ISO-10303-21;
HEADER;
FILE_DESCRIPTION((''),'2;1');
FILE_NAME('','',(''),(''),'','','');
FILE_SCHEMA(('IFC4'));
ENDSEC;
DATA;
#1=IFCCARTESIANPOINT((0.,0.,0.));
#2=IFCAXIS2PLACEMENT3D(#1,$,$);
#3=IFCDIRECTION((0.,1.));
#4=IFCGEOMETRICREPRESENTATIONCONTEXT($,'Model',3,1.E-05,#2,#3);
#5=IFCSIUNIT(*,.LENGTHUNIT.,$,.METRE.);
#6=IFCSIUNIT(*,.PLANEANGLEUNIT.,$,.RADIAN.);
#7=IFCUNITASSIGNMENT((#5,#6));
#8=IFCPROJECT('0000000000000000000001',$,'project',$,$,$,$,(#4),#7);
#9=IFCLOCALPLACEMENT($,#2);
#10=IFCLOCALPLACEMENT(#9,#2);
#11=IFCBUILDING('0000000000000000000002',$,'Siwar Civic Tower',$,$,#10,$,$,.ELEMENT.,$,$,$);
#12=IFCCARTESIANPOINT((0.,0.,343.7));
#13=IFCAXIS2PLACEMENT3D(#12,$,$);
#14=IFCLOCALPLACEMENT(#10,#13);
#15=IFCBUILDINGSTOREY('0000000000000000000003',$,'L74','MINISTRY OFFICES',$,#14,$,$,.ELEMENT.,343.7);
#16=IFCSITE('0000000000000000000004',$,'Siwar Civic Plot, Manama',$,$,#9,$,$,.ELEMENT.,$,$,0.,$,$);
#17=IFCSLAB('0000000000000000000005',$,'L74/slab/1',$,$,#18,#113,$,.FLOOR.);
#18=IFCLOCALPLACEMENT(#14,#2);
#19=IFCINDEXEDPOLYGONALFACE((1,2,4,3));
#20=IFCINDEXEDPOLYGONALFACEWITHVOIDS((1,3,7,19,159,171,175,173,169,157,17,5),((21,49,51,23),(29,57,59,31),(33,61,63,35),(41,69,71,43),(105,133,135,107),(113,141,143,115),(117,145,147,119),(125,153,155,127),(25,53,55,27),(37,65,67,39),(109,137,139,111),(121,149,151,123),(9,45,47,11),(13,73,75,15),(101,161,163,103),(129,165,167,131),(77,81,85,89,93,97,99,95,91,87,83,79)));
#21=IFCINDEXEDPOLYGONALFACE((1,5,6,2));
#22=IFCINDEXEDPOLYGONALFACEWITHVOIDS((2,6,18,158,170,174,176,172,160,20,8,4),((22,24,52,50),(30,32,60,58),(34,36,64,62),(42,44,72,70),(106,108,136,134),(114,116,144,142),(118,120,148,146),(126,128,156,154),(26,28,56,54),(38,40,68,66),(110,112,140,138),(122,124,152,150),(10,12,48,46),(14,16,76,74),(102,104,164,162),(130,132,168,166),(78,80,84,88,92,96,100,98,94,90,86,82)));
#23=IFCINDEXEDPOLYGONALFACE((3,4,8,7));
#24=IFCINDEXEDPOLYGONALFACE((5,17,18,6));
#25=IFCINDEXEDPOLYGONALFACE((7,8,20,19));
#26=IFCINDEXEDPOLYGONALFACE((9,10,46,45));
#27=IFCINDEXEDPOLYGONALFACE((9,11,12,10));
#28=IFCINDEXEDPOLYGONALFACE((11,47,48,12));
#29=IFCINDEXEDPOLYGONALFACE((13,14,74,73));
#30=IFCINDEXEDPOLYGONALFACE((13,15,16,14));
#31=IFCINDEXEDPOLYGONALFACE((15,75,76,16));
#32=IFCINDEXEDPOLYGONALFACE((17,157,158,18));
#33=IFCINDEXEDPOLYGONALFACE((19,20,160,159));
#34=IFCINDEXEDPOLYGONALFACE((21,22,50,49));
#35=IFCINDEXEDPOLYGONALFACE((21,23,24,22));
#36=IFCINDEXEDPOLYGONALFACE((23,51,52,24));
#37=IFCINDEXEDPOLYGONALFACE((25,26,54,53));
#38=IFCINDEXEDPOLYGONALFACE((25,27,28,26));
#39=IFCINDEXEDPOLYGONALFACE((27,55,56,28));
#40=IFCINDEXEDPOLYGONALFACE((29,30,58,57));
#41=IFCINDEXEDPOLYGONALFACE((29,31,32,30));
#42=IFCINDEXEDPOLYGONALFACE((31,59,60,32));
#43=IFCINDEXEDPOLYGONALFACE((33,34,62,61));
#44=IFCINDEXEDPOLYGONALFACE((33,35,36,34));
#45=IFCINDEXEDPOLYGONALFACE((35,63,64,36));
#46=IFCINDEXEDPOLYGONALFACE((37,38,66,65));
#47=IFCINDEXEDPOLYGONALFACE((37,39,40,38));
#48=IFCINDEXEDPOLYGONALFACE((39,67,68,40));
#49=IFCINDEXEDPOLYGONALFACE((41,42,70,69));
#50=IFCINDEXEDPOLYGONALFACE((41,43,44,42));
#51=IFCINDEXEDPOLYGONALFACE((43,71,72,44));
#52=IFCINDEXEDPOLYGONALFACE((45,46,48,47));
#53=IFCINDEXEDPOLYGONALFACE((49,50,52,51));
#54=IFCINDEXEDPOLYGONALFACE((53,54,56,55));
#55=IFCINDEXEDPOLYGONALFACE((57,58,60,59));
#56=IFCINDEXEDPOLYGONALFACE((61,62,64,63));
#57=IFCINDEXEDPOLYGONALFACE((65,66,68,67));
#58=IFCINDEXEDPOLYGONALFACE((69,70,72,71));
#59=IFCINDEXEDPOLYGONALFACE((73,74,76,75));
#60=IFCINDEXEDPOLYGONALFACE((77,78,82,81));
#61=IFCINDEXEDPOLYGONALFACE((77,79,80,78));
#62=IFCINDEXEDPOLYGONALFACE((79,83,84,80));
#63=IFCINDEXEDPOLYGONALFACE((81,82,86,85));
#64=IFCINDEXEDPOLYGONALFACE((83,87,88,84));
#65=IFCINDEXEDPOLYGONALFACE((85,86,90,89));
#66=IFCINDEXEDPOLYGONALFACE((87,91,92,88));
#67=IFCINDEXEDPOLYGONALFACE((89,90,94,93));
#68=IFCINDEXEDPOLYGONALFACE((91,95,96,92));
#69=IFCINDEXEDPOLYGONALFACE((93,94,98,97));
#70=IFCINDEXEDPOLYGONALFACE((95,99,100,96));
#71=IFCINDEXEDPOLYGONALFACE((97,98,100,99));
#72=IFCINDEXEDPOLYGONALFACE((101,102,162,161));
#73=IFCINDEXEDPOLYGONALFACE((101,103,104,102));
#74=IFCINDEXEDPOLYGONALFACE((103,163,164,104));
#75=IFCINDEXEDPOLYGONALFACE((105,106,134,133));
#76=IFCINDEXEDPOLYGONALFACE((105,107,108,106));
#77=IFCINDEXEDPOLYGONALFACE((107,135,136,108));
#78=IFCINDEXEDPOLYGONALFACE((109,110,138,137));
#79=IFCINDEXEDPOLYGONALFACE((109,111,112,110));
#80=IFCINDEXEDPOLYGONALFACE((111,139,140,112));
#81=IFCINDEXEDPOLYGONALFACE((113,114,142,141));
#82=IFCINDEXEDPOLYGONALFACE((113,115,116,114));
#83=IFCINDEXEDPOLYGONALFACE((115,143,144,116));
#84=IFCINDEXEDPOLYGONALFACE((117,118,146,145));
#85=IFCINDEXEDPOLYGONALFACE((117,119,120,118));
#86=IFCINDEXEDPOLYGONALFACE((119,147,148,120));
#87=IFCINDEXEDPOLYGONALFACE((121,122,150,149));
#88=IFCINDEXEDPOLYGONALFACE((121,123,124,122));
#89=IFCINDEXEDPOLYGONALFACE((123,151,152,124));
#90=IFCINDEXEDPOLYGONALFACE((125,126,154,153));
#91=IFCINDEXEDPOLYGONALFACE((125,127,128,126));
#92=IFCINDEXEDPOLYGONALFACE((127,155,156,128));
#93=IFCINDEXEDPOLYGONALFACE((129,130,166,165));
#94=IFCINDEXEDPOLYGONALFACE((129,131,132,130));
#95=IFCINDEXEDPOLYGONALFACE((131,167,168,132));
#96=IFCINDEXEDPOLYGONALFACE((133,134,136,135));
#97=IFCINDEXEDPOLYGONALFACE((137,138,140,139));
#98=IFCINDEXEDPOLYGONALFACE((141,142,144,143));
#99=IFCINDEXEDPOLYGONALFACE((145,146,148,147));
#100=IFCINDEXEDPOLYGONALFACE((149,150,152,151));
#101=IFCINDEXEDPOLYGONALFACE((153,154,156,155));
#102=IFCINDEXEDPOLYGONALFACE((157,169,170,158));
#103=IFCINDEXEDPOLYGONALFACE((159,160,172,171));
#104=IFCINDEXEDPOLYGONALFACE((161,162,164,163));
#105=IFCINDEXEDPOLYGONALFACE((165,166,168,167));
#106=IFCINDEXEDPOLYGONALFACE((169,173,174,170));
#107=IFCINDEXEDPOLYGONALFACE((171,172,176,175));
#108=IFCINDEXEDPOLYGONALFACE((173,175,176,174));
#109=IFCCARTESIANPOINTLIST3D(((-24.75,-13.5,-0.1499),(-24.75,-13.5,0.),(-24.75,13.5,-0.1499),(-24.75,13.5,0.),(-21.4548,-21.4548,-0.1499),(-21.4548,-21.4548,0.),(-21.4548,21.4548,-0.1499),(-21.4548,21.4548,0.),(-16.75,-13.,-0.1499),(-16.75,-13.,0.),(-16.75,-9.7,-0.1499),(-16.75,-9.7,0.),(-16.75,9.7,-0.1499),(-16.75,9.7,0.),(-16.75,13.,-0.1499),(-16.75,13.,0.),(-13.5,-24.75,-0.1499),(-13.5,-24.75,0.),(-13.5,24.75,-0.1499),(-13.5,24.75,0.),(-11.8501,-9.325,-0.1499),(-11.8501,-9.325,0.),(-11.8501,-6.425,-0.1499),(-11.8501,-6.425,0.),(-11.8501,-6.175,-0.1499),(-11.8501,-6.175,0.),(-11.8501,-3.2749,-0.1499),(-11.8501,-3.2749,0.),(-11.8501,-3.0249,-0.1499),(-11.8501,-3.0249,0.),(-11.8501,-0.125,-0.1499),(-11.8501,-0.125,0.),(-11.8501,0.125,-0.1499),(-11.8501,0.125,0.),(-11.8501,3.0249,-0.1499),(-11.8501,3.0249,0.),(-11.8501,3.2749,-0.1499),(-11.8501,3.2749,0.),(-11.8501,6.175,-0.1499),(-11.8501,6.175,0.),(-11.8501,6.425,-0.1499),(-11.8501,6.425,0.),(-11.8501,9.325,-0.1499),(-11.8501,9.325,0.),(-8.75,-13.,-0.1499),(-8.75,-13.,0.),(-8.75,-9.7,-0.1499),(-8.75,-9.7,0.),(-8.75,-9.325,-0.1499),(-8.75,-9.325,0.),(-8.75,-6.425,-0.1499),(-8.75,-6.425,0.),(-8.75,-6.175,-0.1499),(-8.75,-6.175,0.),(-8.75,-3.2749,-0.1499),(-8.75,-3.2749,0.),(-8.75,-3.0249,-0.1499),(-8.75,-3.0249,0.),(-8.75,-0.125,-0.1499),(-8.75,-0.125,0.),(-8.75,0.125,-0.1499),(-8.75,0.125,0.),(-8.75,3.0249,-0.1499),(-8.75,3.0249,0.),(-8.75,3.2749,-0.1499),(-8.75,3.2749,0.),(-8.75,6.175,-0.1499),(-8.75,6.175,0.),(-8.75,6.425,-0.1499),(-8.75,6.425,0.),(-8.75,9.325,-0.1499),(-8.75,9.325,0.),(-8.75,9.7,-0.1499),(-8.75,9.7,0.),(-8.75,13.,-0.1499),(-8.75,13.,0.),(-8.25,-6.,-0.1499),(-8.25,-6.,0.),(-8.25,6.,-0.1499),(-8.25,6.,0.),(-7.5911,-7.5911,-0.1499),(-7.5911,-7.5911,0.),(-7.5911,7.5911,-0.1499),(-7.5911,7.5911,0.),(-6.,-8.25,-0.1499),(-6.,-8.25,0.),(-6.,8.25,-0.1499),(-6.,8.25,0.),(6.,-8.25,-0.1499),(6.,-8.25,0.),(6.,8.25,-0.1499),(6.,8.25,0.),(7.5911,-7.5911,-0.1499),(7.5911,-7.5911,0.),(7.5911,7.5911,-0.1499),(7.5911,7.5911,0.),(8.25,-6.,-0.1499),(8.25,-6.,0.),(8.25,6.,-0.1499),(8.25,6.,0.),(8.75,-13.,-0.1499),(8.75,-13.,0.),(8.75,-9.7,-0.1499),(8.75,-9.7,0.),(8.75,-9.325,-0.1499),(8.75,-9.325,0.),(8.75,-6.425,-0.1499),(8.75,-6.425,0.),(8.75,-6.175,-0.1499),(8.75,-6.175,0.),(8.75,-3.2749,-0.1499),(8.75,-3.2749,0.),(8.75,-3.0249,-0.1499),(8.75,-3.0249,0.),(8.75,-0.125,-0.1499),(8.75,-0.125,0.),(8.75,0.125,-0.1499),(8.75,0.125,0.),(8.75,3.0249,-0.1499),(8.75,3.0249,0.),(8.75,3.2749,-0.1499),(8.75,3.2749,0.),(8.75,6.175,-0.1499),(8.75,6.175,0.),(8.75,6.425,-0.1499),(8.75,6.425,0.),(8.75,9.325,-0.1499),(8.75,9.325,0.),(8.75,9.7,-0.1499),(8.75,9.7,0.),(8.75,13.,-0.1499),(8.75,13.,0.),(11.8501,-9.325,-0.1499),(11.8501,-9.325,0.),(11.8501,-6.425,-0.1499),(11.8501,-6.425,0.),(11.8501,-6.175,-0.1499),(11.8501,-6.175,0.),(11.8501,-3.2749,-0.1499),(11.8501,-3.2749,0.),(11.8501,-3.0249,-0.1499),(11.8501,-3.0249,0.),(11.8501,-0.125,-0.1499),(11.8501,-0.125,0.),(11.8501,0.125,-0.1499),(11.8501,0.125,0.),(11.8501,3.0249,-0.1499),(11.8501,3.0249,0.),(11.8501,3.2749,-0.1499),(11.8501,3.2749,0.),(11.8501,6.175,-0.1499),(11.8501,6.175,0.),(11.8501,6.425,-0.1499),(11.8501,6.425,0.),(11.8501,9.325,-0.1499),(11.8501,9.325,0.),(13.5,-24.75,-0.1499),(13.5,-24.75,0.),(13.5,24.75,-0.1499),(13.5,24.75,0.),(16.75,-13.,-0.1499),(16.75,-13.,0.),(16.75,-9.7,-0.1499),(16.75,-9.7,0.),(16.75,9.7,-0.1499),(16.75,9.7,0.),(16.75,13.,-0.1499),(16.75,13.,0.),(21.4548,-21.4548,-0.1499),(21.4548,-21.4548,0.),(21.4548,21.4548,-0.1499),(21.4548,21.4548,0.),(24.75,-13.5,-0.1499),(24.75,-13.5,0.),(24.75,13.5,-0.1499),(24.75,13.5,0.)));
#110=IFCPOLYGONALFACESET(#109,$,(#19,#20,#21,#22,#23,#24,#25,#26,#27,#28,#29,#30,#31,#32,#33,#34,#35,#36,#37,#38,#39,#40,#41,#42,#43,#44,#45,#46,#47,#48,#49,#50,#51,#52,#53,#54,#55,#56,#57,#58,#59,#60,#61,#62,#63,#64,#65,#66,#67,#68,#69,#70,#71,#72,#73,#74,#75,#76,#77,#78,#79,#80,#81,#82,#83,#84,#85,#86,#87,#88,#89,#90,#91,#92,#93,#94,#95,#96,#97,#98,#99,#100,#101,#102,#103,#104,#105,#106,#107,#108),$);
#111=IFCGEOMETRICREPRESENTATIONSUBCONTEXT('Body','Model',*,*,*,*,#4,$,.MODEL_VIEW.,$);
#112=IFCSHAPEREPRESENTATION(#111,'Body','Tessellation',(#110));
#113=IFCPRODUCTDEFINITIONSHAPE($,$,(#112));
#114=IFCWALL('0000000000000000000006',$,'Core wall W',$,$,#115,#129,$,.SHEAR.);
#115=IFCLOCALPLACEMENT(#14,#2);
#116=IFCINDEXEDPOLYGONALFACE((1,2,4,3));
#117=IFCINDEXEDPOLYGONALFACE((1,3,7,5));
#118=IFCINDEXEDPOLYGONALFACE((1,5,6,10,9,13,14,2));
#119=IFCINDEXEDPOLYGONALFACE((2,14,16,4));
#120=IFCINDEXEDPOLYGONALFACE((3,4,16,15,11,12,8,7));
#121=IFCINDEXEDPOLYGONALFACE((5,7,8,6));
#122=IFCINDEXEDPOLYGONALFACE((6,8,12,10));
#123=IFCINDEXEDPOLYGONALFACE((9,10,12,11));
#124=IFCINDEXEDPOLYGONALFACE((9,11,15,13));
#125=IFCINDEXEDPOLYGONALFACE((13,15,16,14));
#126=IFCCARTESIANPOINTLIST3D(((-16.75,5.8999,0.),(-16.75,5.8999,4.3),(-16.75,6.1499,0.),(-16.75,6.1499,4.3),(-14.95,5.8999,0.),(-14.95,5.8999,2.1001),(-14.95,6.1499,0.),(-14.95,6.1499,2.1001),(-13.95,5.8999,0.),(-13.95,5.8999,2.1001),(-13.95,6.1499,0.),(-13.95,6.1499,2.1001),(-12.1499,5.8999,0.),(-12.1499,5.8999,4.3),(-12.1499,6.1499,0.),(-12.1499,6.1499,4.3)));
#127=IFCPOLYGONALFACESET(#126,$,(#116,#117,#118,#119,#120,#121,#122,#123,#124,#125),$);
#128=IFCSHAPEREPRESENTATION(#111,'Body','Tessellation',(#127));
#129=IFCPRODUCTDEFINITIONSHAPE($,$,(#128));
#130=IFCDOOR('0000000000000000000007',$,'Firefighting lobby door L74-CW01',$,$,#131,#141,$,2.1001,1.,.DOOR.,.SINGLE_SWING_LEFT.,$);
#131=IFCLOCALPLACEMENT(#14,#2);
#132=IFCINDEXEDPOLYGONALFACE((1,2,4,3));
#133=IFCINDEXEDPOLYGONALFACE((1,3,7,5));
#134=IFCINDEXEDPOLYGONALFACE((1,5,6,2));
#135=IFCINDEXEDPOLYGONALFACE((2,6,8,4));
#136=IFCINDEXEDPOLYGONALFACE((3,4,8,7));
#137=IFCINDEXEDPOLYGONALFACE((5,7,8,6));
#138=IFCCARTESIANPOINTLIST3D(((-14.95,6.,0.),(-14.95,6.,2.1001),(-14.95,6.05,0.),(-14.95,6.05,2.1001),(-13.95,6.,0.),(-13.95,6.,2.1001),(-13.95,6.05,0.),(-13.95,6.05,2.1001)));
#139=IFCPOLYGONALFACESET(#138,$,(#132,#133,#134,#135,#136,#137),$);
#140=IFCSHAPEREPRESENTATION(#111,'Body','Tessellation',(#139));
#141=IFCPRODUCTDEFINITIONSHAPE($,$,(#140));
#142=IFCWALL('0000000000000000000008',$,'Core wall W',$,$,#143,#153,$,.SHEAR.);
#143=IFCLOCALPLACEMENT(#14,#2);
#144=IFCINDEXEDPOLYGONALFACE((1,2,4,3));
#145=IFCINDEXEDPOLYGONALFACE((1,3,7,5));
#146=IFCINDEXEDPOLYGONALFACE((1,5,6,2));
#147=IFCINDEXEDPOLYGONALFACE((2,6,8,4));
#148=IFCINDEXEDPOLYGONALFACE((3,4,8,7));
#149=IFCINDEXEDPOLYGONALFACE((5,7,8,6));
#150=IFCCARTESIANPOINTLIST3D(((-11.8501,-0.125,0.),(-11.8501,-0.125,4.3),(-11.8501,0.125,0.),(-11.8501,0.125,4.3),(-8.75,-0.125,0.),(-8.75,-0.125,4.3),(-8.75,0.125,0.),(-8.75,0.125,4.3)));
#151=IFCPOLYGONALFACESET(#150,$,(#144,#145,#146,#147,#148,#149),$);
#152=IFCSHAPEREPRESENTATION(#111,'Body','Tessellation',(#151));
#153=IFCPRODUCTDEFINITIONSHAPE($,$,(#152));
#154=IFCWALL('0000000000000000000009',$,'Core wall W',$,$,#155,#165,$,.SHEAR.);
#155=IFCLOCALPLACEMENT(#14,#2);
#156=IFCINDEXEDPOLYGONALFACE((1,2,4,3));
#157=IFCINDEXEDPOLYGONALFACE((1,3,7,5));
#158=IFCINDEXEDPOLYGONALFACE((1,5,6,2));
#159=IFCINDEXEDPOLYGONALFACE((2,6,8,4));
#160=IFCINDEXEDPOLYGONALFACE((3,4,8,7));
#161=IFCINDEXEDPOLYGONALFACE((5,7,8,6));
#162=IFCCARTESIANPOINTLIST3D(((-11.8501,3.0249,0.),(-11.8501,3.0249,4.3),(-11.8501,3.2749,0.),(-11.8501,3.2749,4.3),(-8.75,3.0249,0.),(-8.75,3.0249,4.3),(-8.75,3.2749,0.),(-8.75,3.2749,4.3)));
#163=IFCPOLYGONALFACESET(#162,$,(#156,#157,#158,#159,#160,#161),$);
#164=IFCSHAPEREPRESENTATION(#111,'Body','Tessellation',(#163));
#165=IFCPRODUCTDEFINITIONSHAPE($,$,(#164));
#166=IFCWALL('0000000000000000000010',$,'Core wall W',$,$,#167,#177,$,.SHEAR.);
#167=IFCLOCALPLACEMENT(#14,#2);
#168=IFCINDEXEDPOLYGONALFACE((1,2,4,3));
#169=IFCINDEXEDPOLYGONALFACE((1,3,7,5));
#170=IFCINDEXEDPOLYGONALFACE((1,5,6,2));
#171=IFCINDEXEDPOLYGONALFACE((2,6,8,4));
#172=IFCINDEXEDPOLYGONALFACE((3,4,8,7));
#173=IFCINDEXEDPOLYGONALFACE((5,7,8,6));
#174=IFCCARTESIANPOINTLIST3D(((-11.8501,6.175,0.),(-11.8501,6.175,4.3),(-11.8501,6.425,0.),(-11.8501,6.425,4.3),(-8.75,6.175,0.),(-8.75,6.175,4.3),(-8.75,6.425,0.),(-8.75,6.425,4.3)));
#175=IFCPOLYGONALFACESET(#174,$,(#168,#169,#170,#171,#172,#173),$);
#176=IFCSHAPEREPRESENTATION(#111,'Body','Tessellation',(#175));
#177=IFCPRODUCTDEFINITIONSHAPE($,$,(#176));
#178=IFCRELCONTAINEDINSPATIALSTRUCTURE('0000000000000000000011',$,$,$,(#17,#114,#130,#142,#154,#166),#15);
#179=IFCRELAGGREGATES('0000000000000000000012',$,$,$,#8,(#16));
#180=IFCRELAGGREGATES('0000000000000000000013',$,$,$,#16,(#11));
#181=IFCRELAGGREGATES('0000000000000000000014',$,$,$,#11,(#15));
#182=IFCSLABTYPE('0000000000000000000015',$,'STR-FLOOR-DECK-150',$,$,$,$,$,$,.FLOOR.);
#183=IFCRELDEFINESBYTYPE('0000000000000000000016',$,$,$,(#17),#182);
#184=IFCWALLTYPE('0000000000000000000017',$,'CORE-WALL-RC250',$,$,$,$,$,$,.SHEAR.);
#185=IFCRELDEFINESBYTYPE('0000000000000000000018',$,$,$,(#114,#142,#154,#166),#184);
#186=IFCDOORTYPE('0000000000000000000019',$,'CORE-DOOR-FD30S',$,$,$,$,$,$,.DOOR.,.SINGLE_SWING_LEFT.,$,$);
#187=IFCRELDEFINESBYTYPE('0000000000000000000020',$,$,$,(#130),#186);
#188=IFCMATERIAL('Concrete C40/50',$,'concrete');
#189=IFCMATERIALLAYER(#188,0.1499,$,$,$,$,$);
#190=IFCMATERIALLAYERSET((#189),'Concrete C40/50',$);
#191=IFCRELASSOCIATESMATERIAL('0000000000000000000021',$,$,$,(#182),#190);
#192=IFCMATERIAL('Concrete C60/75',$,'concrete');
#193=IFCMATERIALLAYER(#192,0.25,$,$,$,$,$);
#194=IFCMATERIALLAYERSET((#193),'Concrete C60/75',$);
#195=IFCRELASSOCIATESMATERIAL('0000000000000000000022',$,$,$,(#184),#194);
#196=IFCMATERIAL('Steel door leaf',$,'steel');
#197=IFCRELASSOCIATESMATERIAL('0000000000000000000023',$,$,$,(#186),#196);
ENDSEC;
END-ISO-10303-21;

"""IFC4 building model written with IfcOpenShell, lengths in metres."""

from ifc_helpers import new_model, si_unit, direction, frame, frame_2d, origin, place, context, subcontext, project, spatial, polyline, rectangle, outline, extrude, material, layer, layer_set, type_object, element, fill, save


model = new_model("IFC4")

# Units and contexts
model_context = context("Model", 3, precision=1e-05, world=origin(), true_north=direction((0.0, 1.0)))
body_context = subcontext(model_context, "Body", "Model", "MODEL_VIEW")
ifc_project = project(units=[si_unit("LENGTHUNIT", "METRE"), si_unit("PLANEANGLEUNIT", "RADIAN")], contexts=[model_context])

# Site, building, storey
site_placement = place(None, origin())
site = spatial("IfcSite", under=ifc_project, at=site_placement, Name="Siwar Civic Plot, Manama", CompositionType="ELEMENT", RefElevation=0.0)
building_placement = place(site_placement, origin())
building = spatial("IfcBuilding", under=site, at=building_placement, Name="Siwar Civic Tower", CompositionType="ELEMENT")
storey_placement = place(building_placement, frame((0.0, 0.0, 343.7)))
storey = spatial("IfcBuildingStorey", under=building, at=storey_placement, Name="L74", Description="MINISTRY OFFICES", CompositionType="ELEMENT", Elevation=343.7)

# Slab
ifc_material_1 = material(Name="Concrete C40/50", Category="concrete")
ifc_layer_1 = layer(ifc_material_1, 0.1499)
ifc_layer_set_1 = layer_set([ifc_layer_1], Name="Concrete C40/50")
slab_type_1 = type_object("IfcSlabType", Name="STR-FLOOR-DECK-150", PredefinedType="FLOOR", material=ifc_layer_set_1)
slab_1_placement = place(storey_placement, frame((0.0, 0.0, -0.1499)))
element("IfcSlab", 1, at=slab_1_placement, inside=storey, type_object=slab_type_1, Name="L74/slab/1", PredefinedType="FLOOR", context=body_context, shape_type="SweptSolid", body=[
    extrude(outline(polyline([(-13.5, -24.75), (13.5, -24.75), (21.4548, -21.4548), (24.75, -13.5), (24.75, 13.5), (21.4548, 21.4548), (13.5, 24.75), (-13.5, 24.75), (-21.4548, 21.4548), (-24.75, 13.5), (-24.75, -13.5), (-21.4548, -21.4548), (-13.5, -24.75)]), holes=[polyline([(16.75, 13.0), (16.75, 9.7), (8.75, 9.7), (8.75, 13.0), (16.75, 13.0)]), polyline([(8.75, -9.7), (16.75, -9.7), (16.75, -13.0), (8.75, -13.0), (8.75, -9.7)]), polyline([(11.8501, 9.325), (11.8501, 6.425), (8.75, 6.425), (8.75, 9.325), (11.8501, 9.325)]), polyline([(8.75, 6.175), (11.8501, 6.175), (11.8501, 3.2749), (8.75, 3.2749), (8.75, 6.175)]), polyline([(8.75, 3.0249), (11.8501, 3.0249), (11.8501, 0.125), (8.75, 0.125), (8.75, 3.0249)]), polyline([(8.75, -0.125), (11.8501, -0.125), (11.8501, -3.0249), (8.75, -3.0249), (8.75, -0.125)]), polyline([(8.75, -3.2749), (11.8501, -3.2749), (11.8501, -6.175), (8.75, -6.175), (8.75, -3.2749)]), polyline([(8.75, -6.425), (11.8501, -6.425), (11.8501, -9.325), (8.75, -9.325), (8.75, -6.425)]), polyline([(-6.0, 8.25), (6.0, 8.25), (7.5911, 7.5911), (8.25, 6.0), (8.25, -6.0), (7.5911, -7.5911), (6.0, -8.25), (-6.0, -8.25), (-7.5911, -7.5911), (-8.25, -6.0), (-8.25, 6.0), (-7.5911, 7.5911), (-6.0, 8.25)]), polyline([(-8.75, -13.0), (-16.75, -13.0), (-16.75, -9.7), (-8.75, -9.7), (-8.75, -13.0)]), polyline([(-8.75, 9.7), (-16.75, 9.7), (-16.75, 13.0), (-8.75, 13.0), (-8.75, 9.7)]), polyline([(-8.75, 6.425), (-11.8501, 6.425), (-11.8501, 9.325), (-8.75, 9.325), (-8.75, 6.425)]), polyline([(-8.75, 3.2749), (-11.8501, 3.2749), (-11.8501, 6.175), (-8.75, 6.175), (-8.75, 3.2749)]), polyline([(-8.75, 0.125), (-11.8501, 0.125), (-11.8501, 3.0249), (-8.75, 3.0249), (-8.75, 0.125)]), polyline([(-8.75, -3.0249), (-11.8501, -3.0249), (-11.8501, -0.125), (-8.75, -0.125), (-8.75, -3.0249)]), polyline([(-8.75, -6.175), (-11.8501, -6.175), (-11.8501, -3.2749), (-8.75, -3.2749), (-8.75, -6.175)]), polyline([(-8.75, -9.325), (-11.8501, -9.325), (-11.8501, -6.425), (-8.75, -6.425), (-8.75, -9.325)])]), origin(), (0.0, 0.0, 1.0), 0.1499),
])

# Wall, opening, door
ifc_material_2 = material(Name="Concrete C60/75", Category="concrete")
ifc_layer_2 = layer(ifc_material_2, 0.25)
ifc_layer_set_2 = layer_set([ifc_layer_2], Name="Concrete C60/75")
wall_type_1 = type_object("IfcWallType", Name="CORE-WALL-RC250", PredefinedType="SHEAR", material=ifc_layer_set_2)
wall_1_placement = place(storey_placement, frame((-12.1499, 6.0249, 0.0), z_axis=(0.0, 0.0, 1.0), x_axis=(-1.0, 0.0, 0.0)))
wall_1 = element("IfcWall", 2, at=wall_1_placement, inside=storey, type_object=wall_type_1, Name="Core wall W", PredefinedType="SHEAR", context=body_context, shape_type="SweptSolid", body=[
    extrude(rectangle(XDim=4.6001, YDim=0.25, at=frame_2d((2.3, 0.0))), origin(), (0.0, 0.0, 1.0), 4.3),
])
opening_placement = place(wall_1_placement, frame((1.8, 0.0, 0.0)))
opening = element("IfcOpeningElement", 3, at=opening_placement, cuts=wall_1, PredefinedType="OPENING", context=body_context, shape_type="SweptSolid", body=[
    extrude(rectangle(XDim=1.0, YDim=2.1001, at=frame_2d((0.5, 1.05))), frame((0.0, 0.135, 0.0), z_axis=(0.0, -1.0, 0.0), x_axis=(1.0, 0.0, 0.0)), (0.0, 0.0, 1.0), 0.27),
])
ifc_material_3 = material(Name="Steel door leaf", Category="steel")
door_type = type_object("IfcDoorType", Name="CORE-DOOR-FD30S", OperationType="SINGLE_SWING_LEFT", PredefinedType="DOOR", material=ifc_material_3)
door_placement = place(opening_placement, origin())
door = element("IfcDoor", 4, at=door_placement, inside=storey, type_object=door_type, Name="Firefighting lobby door L74-CW01", OperationType="SINGLE_SWING_LEFT", OverallHeight=2.1001, OverallWidth=1.0, PredefinedType="DOOR", context=body_context, shape_type="SweptSolid", body=[
    extrude(rectangle(XDim=1.0, YDim=2.1001, at=frame_2d((0.5, 1.05))), frame((0.0, 0.0249, 0.0), z_axis=(0.0, -1.0, 0.0), x_axis=(1.0, 0.0, 0.0)), (0.0, 0.0, 1.0), 0.05),
])
fill(opening, door)

# Walls
for number, where, z_axis, x_axis, name in (
    (5, (-8.75, 0.0, 0.0), (0.0, 0.0, 1.0), (-1.0, 0.0, 0.0), "Core wall W"),
    (6, (-8.75, 3.1499, 0.0), (0.0, 0.0, 1.0), (-1.0, 0.0, 0.0), "Core wall W"),
    (7, (-8.75, 6.3, 0.0), (0.0, 0.0, 1.0), (-1.0, 0.0, 0.0), "Core wall W"),
):
    element("IfcWall", number, at=place(storey_placement, frame(where, z_axis=z_axis, x_axis=x_axis)), inside=storey, type_object=wall_type_1, Name=name, PredefinedType="SHEAR", context=body_context, shape_type="SweptSolid", body=[
        extrude(rectangle(XDim=3.1001, YDim=0.25, at=frame_2d((1.55, 0.0))), origin(), (0.0, 0.0, 1.0), 4.3),
    ])

save(model, "model.ifc")
